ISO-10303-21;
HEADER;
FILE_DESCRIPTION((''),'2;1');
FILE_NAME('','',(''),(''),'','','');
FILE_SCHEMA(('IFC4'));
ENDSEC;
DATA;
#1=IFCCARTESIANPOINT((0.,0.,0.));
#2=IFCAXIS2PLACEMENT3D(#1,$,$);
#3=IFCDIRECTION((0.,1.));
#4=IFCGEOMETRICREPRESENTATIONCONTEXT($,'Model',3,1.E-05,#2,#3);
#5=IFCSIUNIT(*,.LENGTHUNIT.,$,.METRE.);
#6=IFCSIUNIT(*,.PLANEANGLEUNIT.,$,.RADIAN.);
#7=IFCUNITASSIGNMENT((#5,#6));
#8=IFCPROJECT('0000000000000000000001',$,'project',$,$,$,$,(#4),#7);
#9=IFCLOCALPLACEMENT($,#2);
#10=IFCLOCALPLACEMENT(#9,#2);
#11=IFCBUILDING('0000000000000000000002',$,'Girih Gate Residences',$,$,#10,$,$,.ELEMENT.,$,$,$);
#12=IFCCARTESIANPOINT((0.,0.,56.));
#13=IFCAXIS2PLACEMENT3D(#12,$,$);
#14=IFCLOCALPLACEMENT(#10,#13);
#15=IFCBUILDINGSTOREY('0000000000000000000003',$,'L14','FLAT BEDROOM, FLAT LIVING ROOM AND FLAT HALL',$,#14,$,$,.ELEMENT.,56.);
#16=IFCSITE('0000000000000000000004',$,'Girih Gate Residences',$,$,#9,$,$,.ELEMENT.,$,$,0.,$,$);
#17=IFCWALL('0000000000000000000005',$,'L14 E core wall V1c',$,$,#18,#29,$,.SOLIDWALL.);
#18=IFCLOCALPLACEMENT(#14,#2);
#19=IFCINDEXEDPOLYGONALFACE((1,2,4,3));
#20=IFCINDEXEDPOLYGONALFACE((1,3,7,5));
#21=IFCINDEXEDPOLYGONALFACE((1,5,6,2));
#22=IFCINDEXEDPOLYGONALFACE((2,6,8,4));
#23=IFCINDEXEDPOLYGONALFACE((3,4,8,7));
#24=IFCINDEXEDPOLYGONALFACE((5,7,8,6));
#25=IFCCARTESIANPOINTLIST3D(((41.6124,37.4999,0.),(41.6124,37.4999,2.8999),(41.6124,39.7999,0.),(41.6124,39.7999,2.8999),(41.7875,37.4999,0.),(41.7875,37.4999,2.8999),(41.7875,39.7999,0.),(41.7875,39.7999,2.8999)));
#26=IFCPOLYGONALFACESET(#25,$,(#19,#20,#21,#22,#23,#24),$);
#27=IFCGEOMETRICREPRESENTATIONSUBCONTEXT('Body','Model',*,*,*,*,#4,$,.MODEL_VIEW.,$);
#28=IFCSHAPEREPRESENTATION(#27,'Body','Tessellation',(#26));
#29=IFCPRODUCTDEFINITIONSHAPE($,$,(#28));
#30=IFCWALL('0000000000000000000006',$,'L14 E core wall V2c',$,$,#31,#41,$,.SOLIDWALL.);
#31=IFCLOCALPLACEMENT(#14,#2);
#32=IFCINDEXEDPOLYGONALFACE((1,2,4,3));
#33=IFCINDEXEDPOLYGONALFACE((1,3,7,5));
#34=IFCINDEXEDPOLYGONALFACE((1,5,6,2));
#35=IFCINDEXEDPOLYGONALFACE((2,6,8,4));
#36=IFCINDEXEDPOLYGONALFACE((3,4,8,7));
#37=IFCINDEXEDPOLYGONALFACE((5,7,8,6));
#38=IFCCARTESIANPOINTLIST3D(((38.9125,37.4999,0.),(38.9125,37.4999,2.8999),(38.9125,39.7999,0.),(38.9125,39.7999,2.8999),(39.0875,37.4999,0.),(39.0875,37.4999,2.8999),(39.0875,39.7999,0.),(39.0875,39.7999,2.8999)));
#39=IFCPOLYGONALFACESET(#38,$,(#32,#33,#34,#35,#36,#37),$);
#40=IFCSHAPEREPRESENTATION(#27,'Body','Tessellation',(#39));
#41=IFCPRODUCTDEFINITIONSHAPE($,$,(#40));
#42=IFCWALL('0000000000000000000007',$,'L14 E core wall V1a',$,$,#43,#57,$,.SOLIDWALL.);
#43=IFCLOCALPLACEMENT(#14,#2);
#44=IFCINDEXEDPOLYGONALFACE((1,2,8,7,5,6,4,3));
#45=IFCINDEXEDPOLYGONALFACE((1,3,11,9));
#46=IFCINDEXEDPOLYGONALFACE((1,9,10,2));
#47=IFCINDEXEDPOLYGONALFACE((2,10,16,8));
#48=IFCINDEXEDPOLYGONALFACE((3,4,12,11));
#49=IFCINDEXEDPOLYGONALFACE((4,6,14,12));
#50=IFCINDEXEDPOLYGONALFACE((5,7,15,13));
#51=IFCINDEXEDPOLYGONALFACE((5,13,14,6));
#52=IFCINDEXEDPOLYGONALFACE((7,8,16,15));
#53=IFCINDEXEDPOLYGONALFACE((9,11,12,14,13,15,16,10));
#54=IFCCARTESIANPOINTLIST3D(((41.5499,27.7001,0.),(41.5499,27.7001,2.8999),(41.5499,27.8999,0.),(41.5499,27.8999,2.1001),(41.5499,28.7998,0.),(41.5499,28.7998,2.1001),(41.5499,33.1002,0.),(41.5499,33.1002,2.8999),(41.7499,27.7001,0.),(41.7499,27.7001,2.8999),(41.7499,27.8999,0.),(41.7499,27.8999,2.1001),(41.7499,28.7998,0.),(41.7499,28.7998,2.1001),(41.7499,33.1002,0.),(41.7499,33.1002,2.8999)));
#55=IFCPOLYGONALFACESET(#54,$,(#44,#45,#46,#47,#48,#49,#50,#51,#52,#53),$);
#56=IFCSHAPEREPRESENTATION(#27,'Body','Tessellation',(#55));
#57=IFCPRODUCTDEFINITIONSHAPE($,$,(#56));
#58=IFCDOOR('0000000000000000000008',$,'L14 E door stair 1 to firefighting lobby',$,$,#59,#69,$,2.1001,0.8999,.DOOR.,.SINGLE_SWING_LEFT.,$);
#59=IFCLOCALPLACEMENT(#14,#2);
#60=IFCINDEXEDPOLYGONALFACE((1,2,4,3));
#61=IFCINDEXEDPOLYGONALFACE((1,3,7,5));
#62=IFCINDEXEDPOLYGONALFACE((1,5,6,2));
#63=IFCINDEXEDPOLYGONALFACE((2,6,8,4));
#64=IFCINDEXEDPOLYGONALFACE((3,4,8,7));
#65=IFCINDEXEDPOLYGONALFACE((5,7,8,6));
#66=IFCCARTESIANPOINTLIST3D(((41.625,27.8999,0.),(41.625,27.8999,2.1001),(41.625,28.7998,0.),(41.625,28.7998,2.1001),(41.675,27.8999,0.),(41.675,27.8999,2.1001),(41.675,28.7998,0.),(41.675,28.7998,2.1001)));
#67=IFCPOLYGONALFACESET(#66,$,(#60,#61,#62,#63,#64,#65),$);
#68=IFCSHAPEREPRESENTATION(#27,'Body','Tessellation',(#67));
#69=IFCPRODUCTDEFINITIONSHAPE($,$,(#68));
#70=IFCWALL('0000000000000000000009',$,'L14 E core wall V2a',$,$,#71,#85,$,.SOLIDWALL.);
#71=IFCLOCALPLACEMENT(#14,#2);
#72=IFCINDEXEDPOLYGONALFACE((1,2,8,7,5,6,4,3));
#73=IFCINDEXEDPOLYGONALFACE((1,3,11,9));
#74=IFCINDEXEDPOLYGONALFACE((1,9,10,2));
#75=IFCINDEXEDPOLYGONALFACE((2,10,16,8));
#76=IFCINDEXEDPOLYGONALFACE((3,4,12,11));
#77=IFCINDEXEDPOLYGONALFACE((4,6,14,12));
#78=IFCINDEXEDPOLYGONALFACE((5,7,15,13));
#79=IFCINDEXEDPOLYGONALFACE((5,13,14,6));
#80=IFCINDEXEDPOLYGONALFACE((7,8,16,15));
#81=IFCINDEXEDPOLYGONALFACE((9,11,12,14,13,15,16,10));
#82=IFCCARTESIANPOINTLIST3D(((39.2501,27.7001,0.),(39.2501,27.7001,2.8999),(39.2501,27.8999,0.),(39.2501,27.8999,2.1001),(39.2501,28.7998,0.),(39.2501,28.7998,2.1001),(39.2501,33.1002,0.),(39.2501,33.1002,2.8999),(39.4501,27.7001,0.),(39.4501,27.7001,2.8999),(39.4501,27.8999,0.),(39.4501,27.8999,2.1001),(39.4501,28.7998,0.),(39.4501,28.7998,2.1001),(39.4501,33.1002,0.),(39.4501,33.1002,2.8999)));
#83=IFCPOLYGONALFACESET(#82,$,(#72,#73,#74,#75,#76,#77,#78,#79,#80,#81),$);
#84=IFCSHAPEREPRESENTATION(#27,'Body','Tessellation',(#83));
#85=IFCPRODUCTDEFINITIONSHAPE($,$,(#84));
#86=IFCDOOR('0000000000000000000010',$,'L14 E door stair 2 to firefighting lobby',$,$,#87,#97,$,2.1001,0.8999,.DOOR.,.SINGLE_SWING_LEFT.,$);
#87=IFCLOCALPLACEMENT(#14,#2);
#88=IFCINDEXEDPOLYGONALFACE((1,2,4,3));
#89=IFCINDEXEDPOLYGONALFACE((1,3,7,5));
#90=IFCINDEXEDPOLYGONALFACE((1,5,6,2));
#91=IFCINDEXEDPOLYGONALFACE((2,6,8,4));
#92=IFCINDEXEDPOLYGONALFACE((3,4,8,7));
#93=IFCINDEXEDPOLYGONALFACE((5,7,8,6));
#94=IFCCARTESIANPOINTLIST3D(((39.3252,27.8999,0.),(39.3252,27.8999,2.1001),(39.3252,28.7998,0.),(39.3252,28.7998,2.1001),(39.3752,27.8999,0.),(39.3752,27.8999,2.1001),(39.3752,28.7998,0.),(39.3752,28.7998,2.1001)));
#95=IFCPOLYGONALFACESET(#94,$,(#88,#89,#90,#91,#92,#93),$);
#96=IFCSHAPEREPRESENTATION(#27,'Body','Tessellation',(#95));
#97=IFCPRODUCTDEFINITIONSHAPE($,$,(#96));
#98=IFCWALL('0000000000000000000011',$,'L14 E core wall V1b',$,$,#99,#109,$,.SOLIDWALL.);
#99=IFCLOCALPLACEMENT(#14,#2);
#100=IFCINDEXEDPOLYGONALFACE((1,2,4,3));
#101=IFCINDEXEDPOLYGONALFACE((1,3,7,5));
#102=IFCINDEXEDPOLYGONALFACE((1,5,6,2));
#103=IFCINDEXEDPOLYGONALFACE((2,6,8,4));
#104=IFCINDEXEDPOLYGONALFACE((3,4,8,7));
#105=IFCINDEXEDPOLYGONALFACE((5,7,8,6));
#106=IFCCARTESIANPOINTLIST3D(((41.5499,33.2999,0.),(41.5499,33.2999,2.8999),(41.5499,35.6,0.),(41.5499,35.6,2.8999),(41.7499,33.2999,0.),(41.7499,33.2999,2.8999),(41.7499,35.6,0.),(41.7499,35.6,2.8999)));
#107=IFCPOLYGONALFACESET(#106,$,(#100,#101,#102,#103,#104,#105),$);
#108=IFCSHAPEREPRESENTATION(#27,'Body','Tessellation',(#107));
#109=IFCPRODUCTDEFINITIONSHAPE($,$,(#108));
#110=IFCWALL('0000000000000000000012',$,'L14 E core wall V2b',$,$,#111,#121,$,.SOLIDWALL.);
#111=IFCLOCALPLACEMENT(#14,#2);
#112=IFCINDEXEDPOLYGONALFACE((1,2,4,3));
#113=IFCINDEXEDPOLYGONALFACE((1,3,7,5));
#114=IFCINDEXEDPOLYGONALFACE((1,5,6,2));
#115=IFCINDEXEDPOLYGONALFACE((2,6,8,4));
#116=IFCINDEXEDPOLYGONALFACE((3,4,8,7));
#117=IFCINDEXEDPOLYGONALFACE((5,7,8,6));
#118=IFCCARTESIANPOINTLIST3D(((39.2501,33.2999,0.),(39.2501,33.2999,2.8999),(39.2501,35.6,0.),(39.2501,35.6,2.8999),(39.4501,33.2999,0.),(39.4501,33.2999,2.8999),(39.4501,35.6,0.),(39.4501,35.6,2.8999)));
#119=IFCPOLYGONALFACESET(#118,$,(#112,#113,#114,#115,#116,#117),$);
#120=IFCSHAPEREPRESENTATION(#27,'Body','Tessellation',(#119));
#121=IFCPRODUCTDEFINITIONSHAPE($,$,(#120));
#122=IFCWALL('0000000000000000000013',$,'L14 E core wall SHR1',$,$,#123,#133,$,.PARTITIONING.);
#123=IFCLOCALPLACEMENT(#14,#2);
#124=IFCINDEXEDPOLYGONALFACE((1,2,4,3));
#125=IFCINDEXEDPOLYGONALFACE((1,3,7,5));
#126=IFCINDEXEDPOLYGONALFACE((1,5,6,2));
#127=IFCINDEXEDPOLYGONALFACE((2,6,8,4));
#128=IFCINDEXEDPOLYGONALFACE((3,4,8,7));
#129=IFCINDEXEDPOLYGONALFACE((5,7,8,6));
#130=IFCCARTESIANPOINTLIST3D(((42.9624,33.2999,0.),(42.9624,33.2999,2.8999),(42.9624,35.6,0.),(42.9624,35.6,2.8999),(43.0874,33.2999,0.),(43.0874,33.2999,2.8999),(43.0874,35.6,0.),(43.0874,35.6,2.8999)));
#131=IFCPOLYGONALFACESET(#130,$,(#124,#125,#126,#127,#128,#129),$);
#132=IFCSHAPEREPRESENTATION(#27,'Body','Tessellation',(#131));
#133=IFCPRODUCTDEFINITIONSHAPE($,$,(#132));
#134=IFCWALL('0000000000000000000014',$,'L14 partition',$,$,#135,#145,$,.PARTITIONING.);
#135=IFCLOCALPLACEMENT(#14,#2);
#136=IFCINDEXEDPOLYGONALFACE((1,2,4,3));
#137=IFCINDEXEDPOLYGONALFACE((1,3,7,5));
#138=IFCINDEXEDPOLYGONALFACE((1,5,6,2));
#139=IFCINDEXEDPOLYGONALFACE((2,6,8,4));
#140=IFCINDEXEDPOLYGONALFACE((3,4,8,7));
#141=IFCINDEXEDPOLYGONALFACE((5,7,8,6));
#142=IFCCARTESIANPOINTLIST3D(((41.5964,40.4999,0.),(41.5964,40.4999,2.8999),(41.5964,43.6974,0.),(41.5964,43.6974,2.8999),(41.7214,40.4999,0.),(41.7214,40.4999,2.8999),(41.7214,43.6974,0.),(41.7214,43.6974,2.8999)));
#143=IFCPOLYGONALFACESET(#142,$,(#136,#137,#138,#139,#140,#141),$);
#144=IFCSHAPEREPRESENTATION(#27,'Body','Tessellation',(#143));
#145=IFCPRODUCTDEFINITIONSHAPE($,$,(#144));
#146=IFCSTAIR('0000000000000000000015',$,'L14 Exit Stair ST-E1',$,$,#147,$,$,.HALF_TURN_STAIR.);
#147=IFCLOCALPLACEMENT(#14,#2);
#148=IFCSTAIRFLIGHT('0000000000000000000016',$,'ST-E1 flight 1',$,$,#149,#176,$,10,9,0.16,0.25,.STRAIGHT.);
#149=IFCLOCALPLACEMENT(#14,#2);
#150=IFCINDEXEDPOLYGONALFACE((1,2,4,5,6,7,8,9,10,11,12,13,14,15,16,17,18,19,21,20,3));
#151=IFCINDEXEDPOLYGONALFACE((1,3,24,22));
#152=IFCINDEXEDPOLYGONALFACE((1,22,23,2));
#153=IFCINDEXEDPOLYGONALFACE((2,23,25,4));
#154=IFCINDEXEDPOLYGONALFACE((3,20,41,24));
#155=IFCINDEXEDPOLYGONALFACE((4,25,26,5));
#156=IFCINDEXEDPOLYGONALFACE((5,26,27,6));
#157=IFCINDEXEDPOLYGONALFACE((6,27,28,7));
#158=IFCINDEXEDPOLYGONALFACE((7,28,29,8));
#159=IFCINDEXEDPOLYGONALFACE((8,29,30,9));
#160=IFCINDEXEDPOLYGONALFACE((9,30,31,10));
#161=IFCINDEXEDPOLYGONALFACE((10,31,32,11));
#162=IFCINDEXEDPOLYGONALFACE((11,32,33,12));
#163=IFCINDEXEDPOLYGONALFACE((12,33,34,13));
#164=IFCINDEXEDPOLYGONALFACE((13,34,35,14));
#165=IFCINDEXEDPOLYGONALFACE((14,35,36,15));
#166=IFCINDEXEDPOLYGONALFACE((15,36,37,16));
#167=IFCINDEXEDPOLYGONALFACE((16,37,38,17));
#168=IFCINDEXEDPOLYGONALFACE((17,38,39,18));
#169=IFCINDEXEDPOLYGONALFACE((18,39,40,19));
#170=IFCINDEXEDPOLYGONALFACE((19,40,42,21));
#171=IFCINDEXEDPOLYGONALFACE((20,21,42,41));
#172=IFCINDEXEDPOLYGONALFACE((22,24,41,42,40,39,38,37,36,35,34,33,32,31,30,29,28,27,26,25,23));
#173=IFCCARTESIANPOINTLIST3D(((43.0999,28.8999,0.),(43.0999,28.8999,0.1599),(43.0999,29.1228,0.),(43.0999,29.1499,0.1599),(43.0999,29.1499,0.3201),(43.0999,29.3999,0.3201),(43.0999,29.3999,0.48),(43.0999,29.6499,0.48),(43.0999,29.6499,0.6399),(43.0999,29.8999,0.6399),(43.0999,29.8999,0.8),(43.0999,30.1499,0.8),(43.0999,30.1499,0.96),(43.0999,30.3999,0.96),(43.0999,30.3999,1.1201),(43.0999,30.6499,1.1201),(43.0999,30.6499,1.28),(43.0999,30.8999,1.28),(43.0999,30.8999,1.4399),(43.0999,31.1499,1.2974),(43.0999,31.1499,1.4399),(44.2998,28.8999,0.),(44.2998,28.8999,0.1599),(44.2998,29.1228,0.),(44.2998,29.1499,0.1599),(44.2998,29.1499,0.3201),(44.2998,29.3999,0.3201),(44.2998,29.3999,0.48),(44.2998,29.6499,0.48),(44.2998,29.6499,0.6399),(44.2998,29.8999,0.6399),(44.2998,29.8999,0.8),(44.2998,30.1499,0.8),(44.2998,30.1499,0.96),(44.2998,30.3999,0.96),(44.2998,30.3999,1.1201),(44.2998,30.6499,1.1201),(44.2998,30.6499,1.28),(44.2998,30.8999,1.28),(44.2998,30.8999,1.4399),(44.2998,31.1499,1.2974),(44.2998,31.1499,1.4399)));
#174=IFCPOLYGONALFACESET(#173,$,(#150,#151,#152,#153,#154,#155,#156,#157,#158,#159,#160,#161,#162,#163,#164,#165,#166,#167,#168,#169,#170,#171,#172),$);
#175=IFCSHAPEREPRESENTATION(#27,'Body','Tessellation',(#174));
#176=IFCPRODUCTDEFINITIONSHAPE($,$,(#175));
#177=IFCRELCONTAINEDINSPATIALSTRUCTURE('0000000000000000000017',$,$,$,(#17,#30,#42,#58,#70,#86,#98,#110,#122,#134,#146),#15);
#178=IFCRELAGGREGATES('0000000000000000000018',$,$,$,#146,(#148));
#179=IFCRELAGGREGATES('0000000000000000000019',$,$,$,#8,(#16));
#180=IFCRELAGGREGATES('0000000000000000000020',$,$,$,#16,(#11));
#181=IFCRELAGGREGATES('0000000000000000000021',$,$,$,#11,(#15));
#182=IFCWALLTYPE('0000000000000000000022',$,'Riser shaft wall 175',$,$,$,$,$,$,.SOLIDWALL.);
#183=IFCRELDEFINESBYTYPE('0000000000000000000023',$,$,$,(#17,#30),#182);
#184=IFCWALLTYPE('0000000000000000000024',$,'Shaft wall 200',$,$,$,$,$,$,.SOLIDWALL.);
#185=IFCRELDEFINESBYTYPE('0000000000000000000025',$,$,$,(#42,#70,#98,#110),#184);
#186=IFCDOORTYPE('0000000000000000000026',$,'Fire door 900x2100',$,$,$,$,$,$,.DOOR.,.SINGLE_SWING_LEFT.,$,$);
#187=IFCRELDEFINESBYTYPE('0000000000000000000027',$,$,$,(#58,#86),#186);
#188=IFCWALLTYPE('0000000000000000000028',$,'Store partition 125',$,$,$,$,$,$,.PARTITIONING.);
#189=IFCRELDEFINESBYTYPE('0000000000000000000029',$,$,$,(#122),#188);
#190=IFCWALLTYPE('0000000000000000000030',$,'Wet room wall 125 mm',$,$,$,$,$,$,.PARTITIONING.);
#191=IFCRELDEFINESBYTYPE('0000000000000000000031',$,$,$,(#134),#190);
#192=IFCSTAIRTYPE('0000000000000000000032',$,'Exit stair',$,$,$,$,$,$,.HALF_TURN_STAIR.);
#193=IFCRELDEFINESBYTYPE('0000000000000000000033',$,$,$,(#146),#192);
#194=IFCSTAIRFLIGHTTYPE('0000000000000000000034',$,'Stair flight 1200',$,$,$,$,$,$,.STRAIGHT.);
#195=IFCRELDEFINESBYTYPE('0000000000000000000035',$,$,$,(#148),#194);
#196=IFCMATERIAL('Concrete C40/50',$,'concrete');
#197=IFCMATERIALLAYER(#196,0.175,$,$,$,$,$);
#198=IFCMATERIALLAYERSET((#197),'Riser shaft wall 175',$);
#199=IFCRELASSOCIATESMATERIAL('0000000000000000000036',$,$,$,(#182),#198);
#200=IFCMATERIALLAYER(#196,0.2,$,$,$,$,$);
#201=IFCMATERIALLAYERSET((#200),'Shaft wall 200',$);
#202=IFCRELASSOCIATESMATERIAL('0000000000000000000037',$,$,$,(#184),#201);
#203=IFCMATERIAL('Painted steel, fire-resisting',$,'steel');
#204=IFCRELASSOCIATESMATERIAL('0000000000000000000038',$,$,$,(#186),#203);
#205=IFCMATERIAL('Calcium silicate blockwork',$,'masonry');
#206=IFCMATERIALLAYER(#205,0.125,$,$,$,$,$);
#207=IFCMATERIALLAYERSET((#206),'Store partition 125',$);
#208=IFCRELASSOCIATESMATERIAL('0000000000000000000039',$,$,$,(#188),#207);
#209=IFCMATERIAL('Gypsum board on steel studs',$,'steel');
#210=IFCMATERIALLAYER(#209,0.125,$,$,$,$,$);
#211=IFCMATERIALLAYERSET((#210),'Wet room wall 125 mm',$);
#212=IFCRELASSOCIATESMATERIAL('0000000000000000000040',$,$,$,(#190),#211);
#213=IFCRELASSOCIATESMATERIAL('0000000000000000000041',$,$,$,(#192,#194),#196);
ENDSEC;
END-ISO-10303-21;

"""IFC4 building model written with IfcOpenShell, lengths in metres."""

from ifc_helpers import new_model, si_unit, direction, frame, frame_2d, origin, place, context, subcontext, project, spatial, polyline, rectangle, outline, extrude, material, layer, layer_set, type_object, element, fill, aggregate, save


model = new_model("IFC4")

# Units and contexts
model_context = context("Model", 3, precision=1e-05, world=origin(), true_north=direction((0.0, 1.0)))
body_context = subcontext(model_context, "Body", "Model", "MODEL_VIEW")
ifc_project = project(units=[si_unit("LENGTHUNIT", "METRE"), si_unit("PLANEANGLEUNIT", "RADIAN")], contexts=[model_context])

# Site, building, storey
site_placement = place(None, origin())
site = spatial("IfcSite", under=ifc_project, at=site_placement, Name="Girih Gate Residences", CompositionType="ELEMENT", RefElevation=0.0)
building_placement = place(site_placement, origin())
building = spatial("IfcBuilding", under=site, at=building_placement, Name="Girih Gate Residences", CompositionType="ELEMENT")
storey_placement = place(building_placement, frame((0.0, 0.0, 56.0)))
storey = spatial("IfcBuildingStorey", under=building, at=storey_placement, Name="L14", Description="FLAT BEDROOM, FLAT LIVING ROOM AND FLAT HALL", CompositionType="ELEMENT", Elevation=56.0)

# Shared definitions
ifc_material_1 = material(Name="Gypsum board on steel studs", Category="steel")

# Walls
ifc_material_2 = material(Name="Concrete C40/50", Category="concrete")
ifc_layer_1 = layer(ifc_material_2, 0.175)
ifc_layer_set_1 = layer_set([ifc_layer_1], Name="Riser shaft wall 175")
wall_type_1 = type_object("IfcWallType", Name="Riser shaft wall 175", PredefinedType="SOLIDWALL", material=ifc_layer_set_1)
for number, where, z_axis, x_axis, name in (
    (1, (41.7, 37.5, 0.0), (0.0, 0.0, 1.0), (0.0, 1.0, 0.0), "L14 E core wall V1c"),
    (2, (39.0, 37.5, 0.0), (0.0, 0.0, 1.0), (0.0, 1.0, 0.0), "L14 E core wall V2c"),
):
    element("IfcWall", number, at=place(storey_placement, frame(where, z_axis=z_axis, x_axis=x_axis)), inside=storey, type_object=wall_type_1, Name=name, PredefinedType="SOLIDWALL", context=body_context, shape_type="SweptSolid", body=[
        extrude(rectangle(XDim=2.3, YDim=0.175, at=frame_2d((1.1499, 0.0))), origin(), (0.0, 0.0, 1.0), 2.8999),
    ])

# Walls, openings, doors
ifc_layer_2 = layer(ifc_material_2, 0.2)
ifc_layer_set_2 = layer_set([ifc_layer_2], Name="Shaft wall 200")
wall_type_2 = type_object("IfcWallType", Name="Shaft wall 200", PredefinedType="SOLIDWALL", material=ifc_layer_set_2)
wall_1_placement = place(storey_placement, frame((41.6499, 27.7, 0.0), z_axis=(0.0, 0.0, 1.0), x_axis=(0.0, 1.0, 0.0)))
wall_1 = element("IfcWall", 3, at=wall_1_placement, inside=storey, type_object=wall_type_2, Name="L14 E core wall V1a", PredefinedType="SOLIDWALL", context=body_context, shape_type="SweptSolid", body=[
    extrude(rectangle(XDim=5.4001, YDim=0.2, at=frame_2d((2.7002, 0.0))), origin(), (0.0, 0.0, 1.0), 2.8999),
])
opening_1_placement = place(wall_1_placement, frame((0.2, 0.0, 0.0)))
opening_1 = element("IfcOpeningElement", 4, at=opening_1_placement, cuts=wall_1, PredefinedType="OPENING", context=body_context, shape_type="SweptSolid", body=[
    extrude(rectangle(XDim=0.8999, YDim=2.1001, at=frame_2d((0.45, 1.05))), frame((0.0, 0.1099, 0.0), z_axis=(0.0, -1.0, 0.0), x_axis=(1.0, 0.0, 0.0)), (0.0, 0.0, 1.0), 0.22),
])
ifc_material_3 = material(Name="Painted steel, fire-resisting", Category="steel")
door_type = type_object("IfcDoorType", Name="Fire door 900x2100", OperationType="SINGLE_SWING_LEFT", PredefinedType="DOOR", material=ifc_material_3)
door_1_placement = place(opening_1_placement, origin())
door_1 = element("IfcDoor", 5, at=door_1_placement, inside=storey, type_object=door_type, Name="L14 E door stair 1 to firefighting lobby", OperationType="SINGLE_SWING_LEFT", OverallHeight=2.1001, OverallWidth=0.8999, PredefinedType="DOOR", context=body_context, shape_type="SweptSolid", body=[
    extrude(rectangle(XDim=0.8999, YDim=2.1001, at=frame_2d((0.45, 1.05))), frame((0.0, 0.0249, 0.0), z_axis=(0.0, -1.0, 0.0), x_axis=(1.0, 0.0, 0.0)), (0.0, 0.0, 1.0), 0.05),
])
fill(opening_1, door_1)
wall_2_placement = place(storey_placement, frame((39.3501, 27.7, 0.0), z_axis=(0.0, 0.0, 1.0), x_axis=(0.0, 1.0, 0.0)))
wall_2 = element("IfcWall", 6, at=wall_2_placement, inside=storey, type_object=wall_type_2, Name="L14 E core wall V2a", PredefinedType="SOLIDWALL", context=body_context, shape_type="SweptSolid", body=[
    extrude(rectangle(XDim=5.4001, YDim=0.2, at=frame_2d((2.7002, 0.0))), origin(), (0.0, 0.0, 1.0), 2.8999),
])
opening_2_placement = place(wall_2_placement, frame((0.2, 0.0, 0.0)))
opening_2 = element("IfcOpeningElement", 7, at=opening_2_placement, cuts=wall_2, PredefinedType="OPENING", context=body_context, shape_type="SweptSolid", body=[
    extrude(rectangle(XDim=0.8999, YDim=2.1001, at=frame_2d((0.45, 1.05))), frame((0.0, 0.1099, 0.0), z_axis=(0.0, -1.0, 0.0), x_axis=(1.0, 0.0, 0.0)), (0.0, 0.0, 1.0), 0.22),
])
door_2_placement = place(opening_2_placement, origin())
door_2 = element("IfcDoor", 8, at=door_2_placement, inside=storey, type_object=door_type, Name="L14 E door stair 2 to firefighting lobby", OperationType="SINGLE_SWING_LEFT", OverallHeight=2.1001, OverallWidth=0.8999, PredefinedType="DOOR", context=body_context, shape_type="SweptSolid", body=[
    extrude(rectangle(XDim=0.8999, YDim=2.1001, at=frame_2d((0.45, 1.05))), frame((0.0, 0.0249, 0.0), z_axis=(0.0, -1.0, 0.0), x_axis=(1.0, 0.0, 0.0)), (0.0, 0.0, 1.0), 0.05),
])
fill(opening_2, door_2)

# Walls
for number, where, z_axis, x_axis, name in (
    (9, (41.6499, 33.3, 0.0), (0.0, 0.0, 1.0), (0.0, 1.0, 0.0), "L14 E core wall V1b"),
    (10, (39.3501, 33.3, 0.0), (0.0, 0.0, 1.0), (0.0, 1.0, 0.0), "L14 E core wall V2b"),
):
    element("IfcWall", number, at=place(storey_placement, frame(where, z_axis=z_axis, x_axis=x_axis)), inside=storey, type_object=wall_type_2, Name=name, PredefinedType="SOLIDWALL", context=body_context, shape_type="SweptSolid", body=[
        extrude(rectangle(XDim=2.3, YDim=0.2, at=frame_2d((1.1499, 0.0))), origin(), (0.0, 0.0, 1.0), 2.8999),
    ])
ifc_material_4 = material(Name="Calcium silicate blockwork", Category="masonry")
ifc_layer_3 = layer(ifc_material_4, 0.125)
ifc_layer_set_3 = layer_set([ifc_layer_3], Name="Store partition 125")
wall_type_3 = type_object("IfcWallType", Name="Store partition 125", PredefinedType="PARTITIONING", material=ifc_layer_set_3)
wall_3_placement = place(storey_placement, frame((43.0249, 33.3, 0.0), z_axis=(0.0, 0.0, 1.0), x_axis=(0.0, 1.0, 0.0)))
element("IfcWall", 11, at=wall_3_placement, inside=storey, type_object=wall_type_3, Name="L14 E core wall SHR1", PredefinedType="PARTITIONING", context=body_context, shape_type="SweptSolid", body=[
    extrude(rectangle(XDim=2.3, YDim=0.125, at=frame_2d((1.1499, 0.0))), origin(), (0.0, 0.0, 1.0), 2.8999),
])
ifc_layer_4 = layer(ifc_material_1, 0.125)
ifc_layer_set_4 = layer_set([ifc_layer_4], Name="Wet room wall 125 mm")
wall_type_4 = type_object("IfcWallType", Name="Wet room wall 125 mm", PredefinedType="PARTITIONING", material=ifc_layer_set_4)
wall_4_placement = place(storey_placement, frame((41.6589, 40.5, 0.0), z_axis=(0.0, 0.0, 1.0), x_axis=(0.0, 1.0, 0.0)))
element("IfcWall", 12, at=wall_4_placement, inside=storey, type_object=wall_type_4, Name="L14 partition", PredefinedType="PARTITIONING", context=body_context, shape_type="SweptSolid", body=[
    extrude(rectangle(XDim=3.1975, YDim=0.125, at=frame_2d((1.5986, 0.0))), origin(), (0.0, 0.0, 1.0), 2.8999),
])

# Stair, stair flight
stair_type = type_object("IfcStairType", Name="Exit stair", PredefinedType="HALF_TURN_STAIR", material=ifc_material_2)
stair_1_placement = place(storey_placement, origin())
stair_1 = element("IfcStair", 13, at=stair_1_placement, inside=storey, type_object=stair_type, Name="L14 Exit Stair ST-E1", PredefinedType="HALF_TURN_STAIR")
stair_flight_type = type_object("IfcStairFlightType", Name="Stair flight 1200", PredefinedType="STRAIGHT", material=ifc_material_2)
stair_flight_1_placement = place(storey_placement, frame((43.7, 28.8999, 0.0), z_axis=(0.0, 0.0, 1.0), x_axis=(0.0, 1.0, 0.0)))
stair_flight_1 = element("IfcStairFlight", 14, at=stair_flight_1_placement, type_object=stair_flight_type, Name="ST-E1 flight 1", NumberOfRisers=10, NumberOfTreads=9, PredefinedType="STRAIGHT", RiserHeight=0.16, TreadLength=0.25, context=body_context, shape_type="SweptSolid", body=[
    extrude(outline(polyline([(0.0, 0.0), (0.0, 0.1599), (0.25, 0.1599), (0.25, 0.3201), (0.5, 0.3201), (0.5, 0.48), (0.75, 0.48), (0.75, 0.6399), (1.0, 0.6399), (1.0, 0.8), (1.25, 0.8), (1.25, 0.96), (1.5, 0.96), (1.5, 1.1201), (1.75, 1.1201), (1.75, 1.28), (2.0, 1.28), (2.0, 1.4399), (2.25, 1.4399), (2.25, 1.6001), (2.25, 1.2974), (0.2229, 0.0), (0.0, 0.0)])), frame((0.0, 0.6001, 0.0), z_axis=(0.0, -1.0, 0.0), x_axis=(1.0, 0.0, 0.0)), (0.0, 0.0, 1.0), 1.2),
])
aggregate(stair_1, [stair_flight_1])

save(model, "model.ifc")
